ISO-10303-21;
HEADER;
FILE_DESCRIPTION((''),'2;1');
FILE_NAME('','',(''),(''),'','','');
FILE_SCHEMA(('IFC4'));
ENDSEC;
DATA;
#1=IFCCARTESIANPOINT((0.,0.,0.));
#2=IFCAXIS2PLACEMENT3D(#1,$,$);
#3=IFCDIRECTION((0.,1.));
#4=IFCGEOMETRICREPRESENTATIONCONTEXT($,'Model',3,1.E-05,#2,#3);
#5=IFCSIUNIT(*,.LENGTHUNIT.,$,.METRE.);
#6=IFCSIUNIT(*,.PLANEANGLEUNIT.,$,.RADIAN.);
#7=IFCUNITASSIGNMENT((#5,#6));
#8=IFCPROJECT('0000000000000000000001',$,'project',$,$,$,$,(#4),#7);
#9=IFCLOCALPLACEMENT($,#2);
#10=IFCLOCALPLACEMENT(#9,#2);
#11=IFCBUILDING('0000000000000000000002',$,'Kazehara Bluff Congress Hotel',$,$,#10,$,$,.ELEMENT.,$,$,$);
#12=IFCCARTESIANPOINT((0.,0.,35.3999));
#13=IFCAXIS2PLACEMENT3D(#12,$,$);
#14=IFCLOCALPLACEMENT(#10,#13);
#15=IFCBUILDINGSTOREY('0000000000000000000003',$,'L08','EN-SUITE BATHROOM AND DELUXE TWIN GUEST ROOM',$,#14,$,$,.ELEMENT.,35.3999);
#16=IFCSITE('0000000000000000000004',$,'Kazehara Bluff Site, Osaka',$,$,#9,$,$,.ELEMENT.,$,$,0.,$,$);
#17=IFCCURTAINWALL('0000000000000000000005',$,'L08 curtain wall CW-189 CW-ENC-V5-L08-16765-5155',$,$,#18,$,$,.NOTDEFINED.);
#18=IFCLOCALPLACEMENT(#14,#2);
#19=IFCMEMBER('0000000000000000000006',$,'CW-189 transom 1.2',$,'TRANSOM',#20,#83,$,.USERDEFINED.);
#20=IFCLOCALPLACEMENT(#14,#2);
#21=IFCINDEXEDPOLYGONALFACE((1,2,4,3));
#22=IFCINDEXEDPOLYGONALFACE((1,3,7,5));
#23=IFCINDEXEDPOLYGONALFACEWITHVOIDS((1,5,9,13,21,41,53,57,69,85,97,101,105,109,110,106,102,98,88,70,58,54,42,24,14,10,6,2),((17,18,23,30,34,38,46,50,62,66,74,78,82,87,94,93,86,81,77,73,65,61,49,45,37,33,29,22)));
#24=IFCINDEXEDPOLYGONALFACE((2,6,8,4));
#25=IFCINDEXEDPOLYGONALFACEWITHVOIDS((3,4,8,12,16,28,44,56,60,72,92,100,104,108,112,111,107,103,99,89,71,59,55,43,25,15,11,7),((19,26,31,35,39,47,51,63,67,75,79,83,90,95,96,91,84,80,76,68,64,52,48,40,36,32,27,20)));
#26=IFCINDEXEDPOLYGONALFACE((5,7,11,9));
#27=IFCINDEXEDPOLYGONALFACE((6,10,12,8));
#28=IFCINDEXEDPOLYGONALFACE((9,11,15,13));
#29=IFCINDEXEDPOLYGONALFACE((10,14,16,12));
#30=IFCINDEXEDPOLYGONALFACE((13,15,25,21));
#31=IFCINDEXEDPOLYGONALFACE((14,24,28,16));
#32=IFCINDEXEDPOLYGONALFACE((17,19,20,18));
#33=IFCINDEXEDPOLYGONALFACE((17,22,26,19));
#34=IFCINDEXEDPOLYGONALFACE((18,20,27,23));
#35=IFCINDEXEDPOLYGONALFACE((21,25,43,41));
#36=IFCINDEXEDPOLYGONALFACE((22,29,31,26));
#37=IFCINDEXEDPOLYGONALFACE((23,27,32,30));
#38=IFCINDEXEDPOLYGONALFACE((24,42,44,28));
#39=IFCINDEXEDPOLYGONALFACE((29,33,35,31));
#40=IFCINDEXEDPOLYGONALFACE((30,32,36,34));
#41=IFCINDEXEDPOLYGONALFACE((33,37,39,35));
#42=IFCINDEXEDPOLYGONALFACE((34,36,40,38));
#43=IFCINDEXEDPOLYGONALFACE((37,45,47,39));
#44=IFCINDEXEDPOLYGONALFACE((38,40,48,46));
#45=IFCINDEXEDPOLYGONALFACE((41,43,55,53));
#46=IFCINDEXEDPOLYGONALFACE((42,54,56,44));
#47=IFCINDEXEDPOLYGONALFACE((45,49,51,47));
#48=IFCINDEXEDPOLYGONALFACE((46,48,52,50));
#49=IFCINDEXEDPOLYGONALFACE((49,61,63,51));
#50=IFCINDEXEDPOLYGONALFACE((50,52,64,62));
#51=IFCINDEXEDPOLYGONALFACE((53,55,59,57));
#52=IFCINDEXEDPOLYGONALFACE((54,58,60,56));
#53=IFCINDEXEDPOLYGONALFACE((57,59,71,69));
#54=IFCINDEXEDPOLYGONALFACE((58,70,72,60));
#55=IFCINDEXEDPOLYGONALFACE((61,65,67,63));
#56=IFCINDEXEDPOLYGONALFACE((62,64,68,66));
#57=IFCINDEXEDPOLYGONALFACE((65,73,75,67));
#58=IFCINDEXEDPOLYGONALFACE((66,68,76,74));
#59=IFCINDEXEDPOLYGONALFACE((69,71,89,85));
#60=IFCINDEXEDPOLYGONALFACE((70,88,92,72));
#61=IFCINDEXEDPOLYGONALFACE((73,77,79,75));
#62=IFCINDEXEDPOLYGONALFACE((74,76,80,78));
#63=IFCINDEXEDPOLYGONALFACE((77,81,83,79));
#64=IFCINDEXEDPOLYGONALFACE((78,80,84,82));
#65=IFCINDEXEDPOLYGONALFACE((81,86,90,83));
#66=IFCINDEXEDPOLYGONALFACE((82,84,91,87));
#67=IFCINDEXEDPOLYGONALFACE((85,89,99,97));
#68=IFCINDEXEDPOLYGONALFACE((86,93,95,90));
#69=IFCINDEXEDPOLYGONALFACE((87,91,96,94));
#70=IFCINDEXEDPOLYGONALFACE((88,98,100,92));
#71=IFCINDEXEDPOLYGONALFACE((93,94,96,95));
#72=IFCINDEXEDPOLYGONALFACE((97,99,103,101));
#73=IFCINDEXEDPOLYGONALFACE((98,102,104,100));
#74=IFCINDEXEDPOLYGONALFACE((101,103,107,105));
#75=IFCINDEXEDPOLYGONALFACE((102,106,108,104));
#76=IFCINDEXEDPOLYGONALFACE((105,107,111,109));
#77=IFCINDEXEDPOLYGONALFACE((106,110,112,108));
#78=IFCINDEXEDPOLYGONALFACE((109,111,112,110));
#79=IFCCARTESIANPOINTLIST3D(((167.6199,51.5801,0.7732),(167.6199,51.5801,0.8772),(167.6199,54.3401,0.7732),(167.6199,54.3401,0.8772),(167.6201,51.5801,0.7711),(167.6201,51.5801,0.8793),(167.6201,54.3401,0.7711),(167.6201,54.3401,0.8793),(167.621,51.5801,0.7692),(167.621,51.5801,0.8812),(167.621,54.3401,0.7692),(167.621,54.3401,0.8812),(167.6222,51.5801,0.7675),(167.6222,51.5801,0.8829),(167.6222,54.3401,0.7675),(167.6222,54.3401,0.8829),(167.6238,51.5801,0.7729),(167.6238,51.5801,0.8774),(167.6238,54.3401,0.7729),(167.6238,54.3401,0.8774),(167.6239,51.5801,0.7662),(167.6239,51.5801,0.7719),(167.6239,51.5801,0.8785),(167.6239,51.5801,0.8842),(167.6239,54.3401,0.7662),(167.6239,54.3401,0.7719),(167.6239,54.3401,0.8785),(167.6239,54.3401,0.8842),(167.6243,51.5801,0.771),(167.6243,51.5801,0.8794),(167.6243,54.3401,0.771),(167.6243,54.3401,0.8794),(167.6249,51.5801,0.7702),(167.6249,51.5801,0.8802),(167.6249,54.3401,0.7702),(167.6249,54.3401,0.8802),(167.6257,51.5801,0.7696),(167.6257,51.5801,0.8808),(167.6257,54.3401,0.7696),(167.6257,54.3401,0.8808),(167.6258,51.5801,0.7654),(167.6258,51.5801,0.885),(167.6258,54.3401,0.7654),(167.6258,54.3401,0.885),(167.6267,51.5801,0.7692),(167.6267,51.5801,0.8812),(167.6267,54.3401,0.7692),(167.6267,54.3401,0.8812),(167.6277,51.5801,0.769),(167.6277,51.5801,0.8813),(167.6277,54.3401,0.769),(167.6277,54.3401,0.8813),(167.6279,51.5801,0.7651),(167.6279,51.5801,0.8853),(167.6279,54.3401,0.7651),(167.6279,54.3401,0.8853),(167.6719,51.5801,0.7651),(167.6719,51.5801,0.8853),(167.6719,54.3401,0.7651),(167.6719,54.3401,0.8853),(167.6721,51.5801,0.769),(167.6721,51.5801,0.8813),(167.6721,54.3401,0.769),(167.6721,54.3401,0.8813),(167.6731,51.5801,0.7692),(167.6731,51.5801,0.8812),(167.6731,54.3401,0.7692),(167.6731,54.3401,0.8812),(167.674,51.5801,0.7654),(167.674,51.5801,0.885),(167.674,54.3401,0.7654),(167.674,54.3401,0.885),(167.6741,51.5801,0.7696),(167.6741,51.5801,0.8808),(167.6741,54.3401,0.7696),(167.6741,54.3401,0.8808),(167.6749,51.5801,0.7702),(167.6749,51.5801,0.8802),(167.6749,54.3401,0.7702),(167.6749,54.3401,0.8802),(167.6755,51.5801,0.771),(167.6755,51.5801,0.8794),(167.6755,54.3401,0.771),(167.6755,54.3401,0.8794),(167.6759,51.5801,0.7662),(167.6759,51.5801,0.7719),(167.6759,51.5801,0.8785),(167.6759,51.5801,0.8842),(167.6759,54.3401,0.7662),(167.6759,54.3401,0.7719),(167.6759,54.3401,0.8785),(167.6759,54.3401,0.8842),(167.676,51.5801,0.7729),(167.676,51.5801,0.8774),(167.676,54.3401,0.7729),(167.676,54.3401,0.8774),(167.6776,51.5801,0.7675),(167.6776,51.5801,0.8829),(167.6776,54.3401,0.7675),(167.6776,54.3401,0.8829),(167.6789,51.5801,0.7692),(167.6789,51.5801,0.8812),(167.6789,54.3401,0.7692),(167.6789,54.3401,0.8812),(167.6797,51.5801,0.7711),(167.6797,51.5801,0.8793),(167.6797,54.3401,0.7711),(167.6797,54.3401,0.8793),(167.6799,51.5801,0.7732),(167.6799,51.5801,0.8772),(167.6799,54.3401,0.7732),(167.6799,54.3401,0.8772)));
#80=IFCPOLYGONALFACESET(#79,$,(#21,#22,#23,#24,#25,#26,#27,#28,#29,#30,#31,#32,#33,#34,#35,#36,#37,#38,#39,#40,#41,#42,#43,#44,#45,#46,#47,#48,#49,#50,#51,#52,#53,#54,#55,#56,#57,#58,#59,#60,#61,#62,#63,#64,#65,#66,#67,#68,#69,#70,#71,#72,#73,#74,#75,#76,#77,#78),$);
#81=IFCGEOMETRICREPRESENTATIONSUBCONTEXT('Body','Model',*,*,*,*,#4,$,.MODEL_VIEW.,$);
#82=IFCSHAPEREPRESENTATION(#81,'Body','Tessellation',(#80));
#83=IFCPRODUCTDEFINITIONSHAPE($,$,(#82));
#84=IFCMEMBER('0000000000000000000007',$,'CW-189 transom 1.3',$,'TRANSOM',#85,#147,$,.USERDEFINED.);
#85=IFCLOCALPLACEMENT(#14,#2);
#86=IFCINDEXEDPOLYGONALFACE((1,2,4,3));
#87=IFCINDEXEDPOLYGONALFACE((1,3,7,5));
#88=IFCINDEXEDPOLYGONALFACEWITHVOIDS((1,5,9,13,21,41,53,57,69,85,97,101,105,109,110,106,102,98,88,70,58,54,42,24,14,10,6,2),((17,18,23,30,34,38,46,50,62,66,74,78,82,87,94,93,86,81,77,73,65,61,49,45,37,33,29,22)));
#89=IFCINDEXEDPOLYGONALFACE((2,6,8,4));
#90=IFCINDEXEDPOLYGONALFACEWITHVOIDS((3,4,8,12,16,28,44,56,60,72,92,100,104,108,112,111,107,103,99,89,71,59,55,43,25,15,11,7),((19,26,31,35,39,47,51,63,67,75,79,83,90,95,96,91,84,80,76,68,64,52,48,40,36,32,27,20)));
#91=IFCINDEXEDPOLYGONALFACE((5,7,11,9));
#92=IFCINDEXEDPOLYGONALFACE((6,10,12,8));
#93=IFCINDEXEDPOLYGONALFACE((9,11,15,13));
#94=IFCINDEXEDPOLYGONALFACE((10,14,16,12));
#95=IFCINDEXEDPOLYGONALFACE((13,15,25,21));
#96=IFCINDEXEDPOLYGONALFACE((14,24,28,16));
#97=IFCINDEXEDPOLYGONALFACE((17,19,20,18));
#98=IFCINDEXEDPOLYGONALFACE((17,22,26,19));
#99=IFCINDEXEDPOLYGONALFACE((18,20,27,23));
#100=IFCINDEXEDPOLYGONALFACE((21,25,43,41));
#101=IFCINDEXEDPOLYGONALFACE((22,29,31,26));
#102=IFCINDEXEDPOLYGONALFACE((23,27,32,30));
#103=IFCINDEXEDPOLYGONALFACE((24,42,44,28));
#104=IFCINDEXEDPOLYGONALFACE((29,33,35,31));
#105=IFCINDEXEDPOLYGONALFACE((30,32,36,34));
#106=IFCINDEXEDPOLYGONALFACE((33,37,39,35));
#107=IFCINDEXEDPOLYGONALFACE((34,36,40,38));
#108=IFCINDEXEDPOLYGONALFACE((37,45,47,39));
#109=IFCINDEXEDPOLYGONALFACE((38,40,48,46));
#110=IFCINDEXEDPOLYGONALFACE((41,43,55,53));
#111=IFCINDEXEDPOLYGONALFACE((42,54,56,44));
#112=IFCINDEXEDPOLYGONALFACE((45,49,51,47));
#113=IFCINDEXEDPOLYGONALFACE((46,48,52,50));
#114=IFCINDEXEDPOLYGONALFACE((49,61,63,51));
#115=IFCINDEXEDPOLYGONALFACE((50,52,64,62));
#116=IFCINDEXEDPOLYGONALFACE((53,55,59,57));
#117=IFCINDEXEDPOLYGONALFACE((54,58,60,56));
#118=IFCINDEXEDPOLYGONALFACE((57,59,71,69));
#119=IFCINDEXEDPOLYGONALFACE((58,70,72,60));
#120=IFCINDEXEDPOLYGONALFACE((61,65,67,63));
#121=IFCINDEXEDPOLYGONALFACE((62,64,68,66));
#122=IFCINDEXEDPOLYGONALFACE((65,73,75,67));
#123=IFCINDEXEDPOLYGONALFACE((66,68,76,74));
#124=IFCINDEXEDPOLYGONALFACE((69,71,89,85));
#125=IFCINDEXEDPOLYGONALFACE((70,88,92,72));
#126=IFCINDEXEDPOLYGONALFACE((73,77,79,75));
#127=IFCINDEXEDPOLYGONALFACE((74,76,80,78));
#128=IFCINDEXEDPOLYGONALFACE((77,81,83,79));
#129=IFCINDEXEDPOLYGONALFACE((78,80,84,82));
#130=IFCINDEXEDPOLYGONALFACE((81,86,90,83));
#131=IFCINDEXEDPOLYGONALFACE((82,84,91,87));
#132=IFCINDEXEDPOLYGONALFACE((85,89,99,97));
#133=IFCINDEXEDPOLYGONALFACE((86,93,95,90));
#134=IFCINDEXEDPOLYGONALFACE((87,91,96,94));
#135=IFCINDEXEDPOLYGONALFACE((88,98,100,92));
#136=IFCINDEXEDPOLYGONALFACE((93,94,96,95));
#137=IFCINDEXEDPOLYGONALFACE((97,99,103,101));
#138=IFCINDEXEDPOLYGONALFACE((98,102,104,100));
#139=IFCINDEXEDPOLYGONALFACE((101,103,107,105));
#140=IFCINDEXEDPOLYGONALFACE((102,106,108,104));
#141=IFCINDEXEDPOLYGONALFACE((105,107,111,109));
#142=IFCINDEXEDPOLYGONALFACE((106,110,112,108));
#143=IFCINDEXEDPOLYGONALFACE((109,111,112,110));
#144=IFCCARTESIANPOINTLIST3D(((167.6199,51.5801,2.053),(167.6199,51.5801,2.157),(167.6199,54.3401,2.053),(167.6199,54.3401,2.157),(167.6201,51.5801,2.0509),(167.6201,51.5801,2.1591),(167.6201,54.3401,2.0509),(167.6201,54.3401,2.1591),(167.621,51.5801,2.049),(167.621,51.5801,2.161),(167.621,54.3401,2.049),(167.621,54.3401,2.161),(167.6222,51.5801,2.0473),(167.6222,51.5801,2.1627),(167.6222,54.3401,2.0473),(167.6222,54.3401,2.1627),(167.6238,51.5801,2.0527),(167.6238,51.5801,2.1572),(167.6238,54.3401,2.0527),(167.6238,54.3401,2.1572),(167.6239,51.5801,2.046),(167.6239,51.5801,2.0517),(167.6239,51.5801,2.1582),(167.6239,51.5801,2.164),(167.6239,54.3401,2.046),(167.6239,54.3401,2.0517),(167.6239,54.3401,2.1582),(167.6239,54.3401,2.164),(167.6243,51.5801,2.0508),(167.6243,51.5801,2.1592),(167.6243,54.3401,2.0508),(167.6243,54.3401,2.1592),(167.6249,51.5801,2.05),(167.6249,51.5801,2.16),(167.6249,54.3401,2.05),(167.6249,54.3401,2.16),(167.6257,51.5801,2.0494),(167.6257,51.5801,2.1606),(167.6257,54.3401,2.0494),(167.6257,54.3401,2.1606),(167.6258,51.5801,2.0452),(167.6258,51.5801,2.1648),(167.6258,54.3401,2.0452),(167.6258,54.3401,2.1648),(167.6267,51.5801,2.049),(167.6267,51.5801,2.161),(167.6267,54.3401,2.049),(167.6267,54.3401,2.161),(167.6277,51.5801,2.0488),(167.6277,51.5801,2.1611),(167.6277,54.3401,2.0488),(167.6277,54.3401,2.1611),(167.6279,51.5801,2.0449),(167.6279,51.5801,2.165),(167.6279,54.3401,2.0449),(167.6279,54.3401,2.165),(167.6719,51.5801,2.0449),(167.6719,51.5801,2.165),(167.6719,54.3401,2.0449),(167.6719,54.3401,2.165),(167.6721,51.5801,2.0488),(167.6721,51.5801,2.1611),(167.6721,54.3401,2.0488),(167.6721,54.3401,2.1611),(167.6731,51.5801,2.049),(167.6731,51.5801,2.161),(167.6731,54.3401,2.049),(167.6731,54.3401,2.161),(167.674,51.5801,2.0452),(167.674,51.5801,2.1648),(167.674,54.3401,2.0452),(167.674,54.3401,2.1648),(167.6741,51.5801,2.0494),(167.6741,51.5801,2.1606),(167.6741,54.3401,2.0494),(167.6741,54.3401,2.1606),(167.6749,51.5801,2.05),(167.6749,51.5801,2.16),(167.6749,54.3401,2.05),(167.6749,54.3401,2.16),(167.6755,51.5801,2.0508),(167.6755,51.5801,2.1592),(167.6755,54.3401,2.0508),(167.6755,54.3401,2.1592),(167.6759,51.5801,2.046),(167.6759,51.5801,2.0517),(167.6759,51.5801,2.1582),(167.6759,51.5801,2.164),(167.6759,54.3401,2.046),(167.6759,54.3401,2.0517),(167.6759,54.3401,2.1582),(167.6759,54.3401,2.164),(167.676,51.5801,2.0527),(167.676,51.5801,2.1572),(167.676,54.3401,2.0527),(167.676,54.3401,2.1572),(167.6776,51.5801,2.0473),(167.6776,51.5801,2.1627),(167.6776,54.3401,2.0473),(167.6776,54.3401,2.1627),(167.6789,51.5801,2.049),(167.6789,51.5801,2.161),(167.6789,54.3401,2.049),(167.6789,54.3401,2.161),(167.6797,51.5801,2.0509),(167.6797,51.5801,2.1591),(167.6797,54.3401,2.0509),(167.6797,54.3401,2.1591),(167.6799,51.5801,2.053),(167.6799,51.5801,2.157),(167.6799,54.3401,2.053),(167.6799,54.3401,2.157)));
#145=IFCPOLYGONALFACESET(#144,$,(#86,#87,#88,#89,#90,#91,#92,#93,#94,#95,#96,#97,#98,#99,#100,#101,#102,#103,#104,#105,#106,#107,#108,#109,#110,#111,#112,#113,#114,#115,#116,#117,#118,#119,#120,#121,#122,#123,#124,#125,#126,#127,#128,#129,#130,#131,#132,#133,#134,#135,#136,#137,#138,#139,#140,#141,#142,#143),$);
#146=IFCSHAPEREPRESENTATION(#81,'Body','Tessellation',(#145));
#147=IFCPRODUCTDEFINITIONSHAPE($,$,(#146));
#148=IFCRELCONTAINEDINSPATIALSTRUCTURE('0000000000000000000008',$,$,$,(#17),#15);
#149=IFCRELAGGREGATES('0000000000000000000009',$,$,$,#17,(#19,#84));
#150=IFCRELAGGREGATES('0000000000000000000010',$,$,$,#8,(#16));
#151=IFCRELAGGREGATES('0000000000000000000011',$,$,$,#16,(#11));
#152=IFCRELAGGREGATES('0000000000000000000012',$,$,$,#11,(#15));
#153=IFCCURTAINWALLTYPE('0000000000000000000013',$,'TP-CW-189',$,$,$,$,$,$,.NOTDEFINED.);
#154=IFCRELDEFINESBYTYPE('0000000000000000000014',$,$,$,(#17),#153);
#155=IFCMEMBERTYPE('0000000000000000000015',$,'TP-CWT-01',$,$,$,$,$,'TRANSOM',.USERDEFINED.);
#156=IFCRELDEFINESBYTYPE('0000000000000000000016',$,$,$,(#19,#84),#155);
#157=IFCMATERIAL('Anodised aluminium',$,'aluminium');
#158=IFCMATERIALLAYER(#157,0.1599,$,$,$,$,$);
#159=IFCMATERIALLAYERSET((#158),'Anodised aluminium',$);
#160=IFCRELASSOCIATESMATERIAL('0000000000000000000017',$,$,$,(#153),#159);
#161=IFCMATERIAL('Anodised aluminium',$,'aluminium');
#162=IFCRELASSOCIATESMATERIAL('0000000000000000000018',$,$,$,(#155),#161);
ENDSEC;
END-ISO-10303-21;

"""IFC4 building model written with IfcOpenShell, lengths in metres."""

from ifc_helpers import new_model, si_unit, direction, frame, origin, origin_2d, place, context, subcontext, project, spatial, hollow_rectangle, extrude, material, layer, layer_set, material_profile, profile_set, type_object, element, aggregate, save


model = new_model("IFC4")

# Units and contexts
model_context = context("Model", 3, precision=1e-05, world=origin(), true_north=direction((0.0, 1.0)))
body_context = subcontext(model_context, "Body", "Model", "MODEL_VIEW")
ifc_project = project(units=[si_unit("LENGTHUNIT", "METRE"), si_unit("PLANEANGLEUNIT", "RADIAN")], contexts=[model_context])

# Site, building, storey
site_placement = place(None, origin())
site = spatial("IfcSite", under=ifc_project, at=site_placement, Name="Kazehara Bluff Site, Osaka", CompositionType="ELEMENT", RefElevation=0.0)
building_placement = place(site_placement, origin())
building = spatial("IfcBuilding", under=site, at=building_placement, Name="Kazehara Bluff Congress Hotel", CompositionType="ELEMENT")
storey_placement = place(building_placement, frame((0.0, 0.0, 35.3999)))
storey = spatial("IfcBuildingStorey", under=building, at=storey_placement, Name="L08", Description="EN-SUITE BATHROOM AND DELUXE TWIN GUEST ROOM", CompositionType="ELEMENT", Elevation=35.3999)

# Curtain wall, members
ifc_material_1 = material(Name="Anodised aluminium", Category="aluminium")
ifc_layer_1 = layer(ifc_material_1, 0.1599)
ifc_layer_set_1 = layer_set([ifc_layer_1], Name="Anodised aluminium")
curtain_wall_type = type_object("IfcCurtainWallType", Name="TP-CW-189", PredefinedType="NOTDEFINED", material=ifc_layer_set_1)
curtain_wall_placement = place(storey_placement, origin())
curtain_wall = element("IfcCurtainWall", 1, at=curtain_wall_placement, inside=storey, type_object=curtain_wall_type, Name="L08 curtain wall CW-189 CW-ENC-V5-L08-16765-5155", PredefinedType="NOTDEFINED")
ifc_material_2 = material(Name="Anodised aluminium", Category="aluminium")
ifc_material_profile_1 = material_profile(ifc_material_2, hollow_rectangle(XDim=0.0601, YDim=0.1201, WallThickness=0.0039, InnerFilletRadius=0.0039, OuterFilletRadius=0.0081, at=origin_2d()))
ifc_profile_set_1 = profile_set([ifc_material_profile_1], Name="Anodised aluminium")
member_type_1 = type_object("IfcMemberType", Name="TP-CWT-01", ElementType="TRANSOM", PredefinedType="USERDEFINED", material=ifc_profile_set_1)
member_1_placement = place(storey_placement, frame((167.6499, 54.3401, 0.8252), z_axis=(0.0, -1.0, 0.0), x_axis=(1.0, 0.0, 0.0)))
member_1 = element("IfcMember", 2, at=member_1_placement, type_object=member_type_1, Name="CW-189 transom 1.2", ObjectType="TRANSOM", PredefinedType="USERDEFINED", context=body_context, shape_type="SweptSolid", body=[
    extrude(hollow_rectangle(XDim=0.0601, YDim=0.1201, WallThickness=0.0039, InnerFilletRadius=0.0039, OuterFilletRadius=0.0081, at=origin_2d()), origin(), (0.0, 0.0, 1.0), 2.76),
])
member_2_placement = place(storey_placement, frame((167.6499, 54.3401, 2.105), z_axis=(0.0, -1.0, 0.0), x_axis=(1.0, 0.0, 0.0)))
member_2 = element("IfcMember", 3, at=member_2_placement, type_object=member_type_1, Name="CW-189 transom 1.3", ObjectType="TRANSOM", PredefinedType="USERDEFINED", context=body_context, shape_type="SweptSolid", body=[
    extrude(hollow_rectangle(XDim=0.0601, YDim=0.1201, WallThickness=0.0039, InnerFilletRadius=0.0039, OuterFilletRadius=0.0081, at=origin_2d()), origin(), (0.0, 0.0, 1.0), 2.76),
])
aggregate(curtain_wall, [member_1, member_2])

save(model, "model.ifc")
